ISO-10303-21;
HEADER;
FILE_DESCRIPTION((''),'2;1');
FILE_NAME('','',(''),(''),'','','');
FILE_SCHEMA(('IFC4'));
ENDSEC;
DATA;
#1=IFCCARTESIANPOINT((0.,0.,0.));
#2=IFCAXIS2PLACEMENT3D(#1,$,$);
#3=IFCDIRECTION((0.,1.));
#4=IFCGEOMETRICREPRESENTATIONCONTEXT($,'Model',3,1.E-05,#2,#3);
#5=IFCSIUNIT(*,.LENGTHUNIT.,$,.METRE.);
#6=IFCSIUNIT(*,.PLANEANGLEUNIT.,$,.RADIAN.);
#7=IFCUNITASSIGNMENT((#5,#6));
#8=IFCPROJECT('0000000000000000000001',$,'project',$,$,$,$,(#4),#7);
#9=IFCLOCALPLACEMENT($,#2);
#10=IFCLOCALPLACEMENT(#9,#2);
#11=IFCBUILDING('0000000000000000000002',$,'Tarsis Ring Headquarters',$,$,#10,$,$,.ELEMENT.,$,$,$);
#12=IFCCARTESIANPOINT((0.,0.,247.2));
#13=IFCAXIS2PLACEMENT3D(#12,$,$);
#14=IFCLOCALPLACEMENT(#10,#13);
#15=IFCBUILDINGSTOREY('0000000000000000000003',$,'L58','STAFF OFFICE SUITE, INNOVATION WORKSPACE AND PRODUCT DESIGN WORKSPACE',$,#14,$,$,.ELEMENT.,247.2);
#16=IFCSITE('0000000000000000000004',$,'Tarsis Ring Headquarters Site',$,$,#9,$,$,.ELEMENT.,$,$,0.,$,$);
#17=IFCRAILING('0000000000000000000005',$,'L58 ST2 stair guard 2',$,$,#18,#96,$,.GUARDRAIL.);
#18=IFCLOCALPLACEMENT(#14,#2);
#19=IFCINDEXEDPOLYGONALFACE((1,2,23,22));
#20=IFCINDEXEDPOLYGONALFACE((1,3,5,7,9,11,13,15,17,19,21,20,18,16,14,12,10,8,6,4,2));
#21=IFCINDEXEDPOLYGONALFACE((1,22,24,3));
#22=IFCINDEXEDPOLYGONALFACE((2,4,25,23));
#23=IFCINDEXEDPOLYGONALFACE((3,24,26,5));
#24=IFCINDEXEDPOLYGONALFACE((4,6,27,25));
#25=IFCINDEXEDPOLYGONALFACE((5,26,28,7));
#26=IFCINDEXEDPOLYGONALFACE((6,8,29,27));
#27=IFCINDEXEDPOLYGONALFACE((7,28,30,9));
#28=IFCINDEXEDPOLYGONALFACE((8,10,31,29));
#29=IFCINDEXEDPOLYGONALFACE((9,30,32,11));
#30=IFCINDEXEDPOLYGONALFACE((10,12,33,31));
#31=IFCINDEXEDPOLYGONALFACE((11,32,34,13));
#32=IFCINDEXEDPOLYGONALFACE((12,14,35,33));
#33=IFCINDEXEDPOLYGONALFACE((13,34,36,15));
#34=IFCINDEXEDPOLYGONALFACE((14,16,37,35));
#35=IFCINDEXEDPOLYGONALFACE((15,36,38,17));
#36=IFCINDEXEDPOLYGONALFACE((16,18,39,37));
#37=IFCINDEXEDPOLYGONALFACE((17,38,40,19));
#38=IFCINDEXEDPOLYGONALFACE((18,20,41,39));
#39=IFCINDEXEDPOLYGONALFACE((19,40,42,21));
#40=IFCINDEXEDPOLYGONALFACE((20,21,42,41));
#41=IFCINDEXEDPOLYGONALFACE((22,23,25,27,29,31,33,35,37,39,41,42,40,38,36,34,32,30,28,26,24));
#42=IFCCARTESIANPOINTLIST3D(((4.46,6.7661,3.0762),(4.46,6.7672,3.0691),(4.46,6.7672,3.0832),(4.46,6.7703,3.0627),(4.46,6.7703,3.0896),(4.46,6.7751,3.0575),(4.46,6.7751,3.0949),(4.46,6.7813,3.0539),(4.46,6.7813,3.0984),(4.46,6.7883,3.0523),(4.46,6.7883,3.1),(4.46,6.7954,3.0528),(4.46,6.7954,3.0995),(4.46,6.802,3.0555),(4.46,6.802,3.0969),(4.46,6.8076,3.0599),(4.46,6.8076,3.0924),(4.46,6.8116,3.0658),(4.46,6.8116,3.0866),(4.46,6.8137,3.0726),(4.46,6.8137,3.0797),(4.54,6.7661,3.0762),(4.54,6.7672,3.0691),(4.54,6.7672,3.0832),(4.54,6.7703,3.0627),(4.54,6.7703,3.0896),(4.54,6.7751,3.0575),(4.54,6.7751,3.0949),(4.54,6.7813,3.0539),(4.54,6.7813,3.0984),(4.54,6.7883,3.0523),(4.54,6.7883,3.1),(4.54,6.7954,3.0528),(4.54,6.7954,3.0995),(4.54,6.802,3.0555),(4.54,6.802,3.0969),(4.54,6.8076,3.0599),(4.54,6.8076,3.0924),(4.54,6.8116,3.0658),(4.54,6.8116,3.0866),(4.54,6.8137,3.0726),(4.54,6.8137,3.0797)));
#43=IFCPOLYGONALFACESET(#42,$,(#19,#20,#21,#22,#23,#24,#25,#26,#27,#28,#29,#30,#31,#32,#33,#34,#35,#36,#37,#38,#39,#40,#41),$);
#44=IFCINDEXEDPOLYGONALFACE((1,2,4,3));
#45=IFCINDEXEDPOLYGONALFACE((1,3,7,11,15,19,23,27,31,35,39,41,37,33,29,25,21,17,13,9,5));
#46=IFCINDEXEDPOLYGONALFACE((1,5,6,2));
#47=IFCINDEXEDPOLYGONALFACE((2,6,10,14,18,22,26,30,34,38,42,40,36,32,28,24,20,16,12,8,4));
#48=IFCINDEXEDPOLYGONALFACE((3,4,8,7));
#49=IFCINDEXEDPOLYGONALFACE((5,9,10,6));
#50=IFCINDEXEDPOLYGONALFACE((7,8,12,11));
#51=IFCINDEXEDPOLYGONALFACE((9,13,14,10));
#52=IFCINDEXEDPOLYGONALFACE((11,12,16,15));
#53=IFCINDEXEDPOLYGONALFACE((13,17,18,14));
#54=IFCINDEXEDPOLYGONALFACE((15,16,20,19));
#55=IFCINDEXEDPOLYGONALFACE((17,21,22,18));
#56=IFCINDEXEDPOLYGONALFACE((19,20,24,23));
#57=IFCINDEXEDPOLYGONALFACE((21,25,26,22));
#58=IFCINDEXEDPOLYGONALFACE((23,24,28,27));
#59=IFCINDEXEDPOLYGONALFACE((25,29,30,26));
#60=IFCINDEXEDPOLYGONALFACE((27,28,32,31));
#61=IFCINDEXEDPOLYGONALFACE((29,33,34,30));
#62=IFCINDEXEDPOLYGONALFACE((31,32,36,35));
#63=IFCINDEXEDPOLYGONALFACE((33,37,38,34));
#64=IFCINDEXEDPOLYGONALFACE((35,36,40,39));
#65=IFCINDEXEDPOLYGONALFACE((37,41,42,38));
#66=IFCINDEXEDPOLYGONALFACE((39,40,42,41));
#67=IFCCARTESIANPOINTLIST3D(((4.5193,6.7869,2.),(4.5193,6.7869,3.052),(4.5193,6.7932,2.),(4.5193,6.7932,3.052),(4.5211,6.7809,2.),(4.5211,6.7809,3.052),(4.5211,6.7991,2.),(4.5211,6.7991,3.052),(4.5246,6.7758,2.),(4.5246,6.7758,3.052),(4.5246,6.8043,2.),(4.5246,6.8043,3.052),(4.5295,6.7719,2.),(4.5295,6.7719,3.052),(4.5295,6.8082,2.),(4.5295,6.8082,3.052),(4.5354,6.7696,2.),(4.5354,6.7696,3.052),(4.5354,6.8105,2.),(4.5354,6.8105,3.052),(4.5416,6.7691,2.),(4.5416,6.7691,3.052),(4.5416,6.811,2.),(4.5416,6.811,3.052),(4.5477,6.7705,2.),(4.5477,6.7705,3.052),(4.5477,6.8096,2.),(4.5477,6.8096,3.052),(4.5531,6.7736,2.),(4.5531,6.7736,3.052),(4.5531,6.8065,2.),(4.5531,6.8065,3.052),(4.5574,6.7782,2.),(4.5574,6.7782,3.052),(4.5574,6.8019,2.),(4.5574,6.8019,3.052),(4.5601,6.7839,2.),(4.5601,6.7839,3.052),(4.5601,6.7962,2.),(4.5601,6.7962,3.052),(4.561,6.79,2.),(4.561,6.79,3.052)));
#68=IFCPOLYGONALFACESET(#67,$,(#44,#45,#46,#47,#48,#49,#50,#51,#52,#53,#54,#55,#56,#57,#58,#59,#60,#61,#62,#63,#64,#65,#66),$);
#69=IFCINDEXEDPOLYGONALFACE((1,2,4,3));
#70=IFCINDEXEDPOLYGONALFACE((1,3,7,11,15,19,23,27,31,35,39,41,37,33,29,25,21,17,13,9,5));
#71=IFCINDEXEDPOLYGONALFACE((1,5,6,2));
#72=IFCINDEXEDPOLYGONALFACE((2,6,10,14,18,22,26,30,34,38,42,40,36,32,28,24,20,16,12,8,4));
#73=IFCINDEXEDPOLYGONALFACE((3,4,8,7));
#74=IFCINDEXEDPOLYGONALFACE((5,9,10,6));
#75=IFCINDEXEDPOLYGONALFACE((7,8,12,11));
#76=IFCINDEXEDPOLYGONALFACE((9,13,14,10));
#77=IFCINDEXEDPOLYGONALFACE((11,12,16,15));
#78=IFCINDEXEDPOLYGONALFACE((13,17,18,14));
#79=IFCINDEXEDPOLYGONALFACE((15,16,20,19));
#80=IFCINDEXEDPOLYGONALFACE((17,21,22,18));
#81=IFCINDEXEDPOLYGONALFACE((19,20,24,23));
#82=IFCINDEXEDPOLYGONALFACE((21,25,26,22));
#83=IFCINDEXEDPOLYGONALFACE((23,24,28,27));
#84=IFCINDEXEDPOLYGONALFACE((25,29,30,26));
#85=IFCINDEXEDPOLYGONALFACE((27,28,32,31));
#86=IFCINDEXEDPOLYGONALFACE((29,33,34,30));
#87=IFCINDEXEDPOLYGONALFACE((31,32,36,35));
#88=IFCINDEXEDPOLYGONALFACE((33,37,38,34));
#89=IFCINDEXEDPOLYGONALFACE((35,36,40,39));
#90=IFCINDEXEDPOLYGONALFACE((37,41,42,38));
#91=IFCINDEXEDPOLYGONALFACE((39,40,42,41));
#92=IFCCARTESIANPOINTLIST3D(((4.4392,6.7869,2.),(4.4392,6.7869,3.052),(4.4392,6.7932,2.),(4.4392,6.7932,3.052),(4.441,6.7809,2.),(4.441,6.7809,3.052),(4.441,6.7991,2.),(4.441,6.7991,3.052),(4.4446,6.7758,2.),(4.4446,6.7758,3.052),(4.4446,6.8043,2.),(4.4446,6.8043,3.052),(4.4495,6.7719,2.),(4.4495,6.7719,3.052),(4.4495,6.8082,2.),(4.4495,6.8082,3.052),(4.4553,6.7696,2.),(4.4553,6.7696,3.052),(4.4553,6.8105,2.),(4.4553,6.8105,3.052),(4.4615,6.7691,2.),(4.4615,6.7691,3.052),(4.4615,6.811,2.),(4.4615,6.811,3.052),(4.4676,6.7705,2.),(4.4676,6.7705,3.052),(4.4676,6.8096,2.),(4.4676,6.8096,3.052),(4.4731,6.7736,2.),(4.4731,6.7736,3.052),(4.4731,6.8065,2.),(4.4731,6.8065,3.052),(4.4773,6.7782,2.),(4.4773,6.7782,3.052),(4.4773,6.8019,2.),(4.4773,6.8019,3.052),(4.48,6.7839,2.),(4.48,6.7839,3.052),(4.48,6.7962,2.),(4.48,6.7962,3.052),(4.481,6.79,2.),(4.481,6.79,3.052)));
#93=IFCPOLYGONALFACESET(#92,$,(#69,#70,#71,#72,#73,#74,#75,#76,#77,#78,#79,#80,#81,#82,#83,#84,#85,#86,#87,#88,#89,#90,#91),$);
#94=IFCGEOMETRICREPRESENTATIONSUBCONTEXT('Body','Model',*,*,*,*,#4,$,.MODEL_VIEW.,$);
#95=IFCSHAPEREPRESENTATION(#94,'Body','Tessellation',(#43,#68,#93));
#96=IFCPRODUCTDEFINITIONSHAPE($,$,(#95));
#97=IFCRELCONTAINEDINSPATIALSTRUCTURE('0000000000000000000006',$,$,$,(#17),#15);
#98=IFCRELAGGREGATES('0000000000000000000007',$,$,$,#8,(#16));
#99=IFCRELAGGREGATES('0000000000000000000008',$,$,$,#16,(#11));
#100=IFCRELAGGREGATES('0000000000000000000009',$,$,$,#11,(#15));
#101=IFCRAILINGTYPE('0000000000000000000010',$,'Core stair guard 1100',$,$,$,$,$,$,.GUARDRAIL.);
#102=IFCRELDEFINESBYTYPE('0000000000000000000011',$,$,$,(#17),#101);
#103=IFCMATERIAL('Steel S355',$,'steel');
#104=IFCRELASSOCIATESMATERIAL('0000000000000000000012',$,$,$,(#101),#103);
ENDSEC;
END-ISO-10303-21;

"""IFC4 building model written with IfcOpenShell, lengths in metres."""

from ifc_helpers import new_model, si_unit, direction, frame, origin, origin_2d, place, context, subcontext, project, spatial, circle, extrude, material, type_object, element, save


model = new_model("IFC4")

# Units and contexts
model_context = context("Model", 3, precision=1e-05, world=origin(), true_north=direction((0.0, 1.0)))
body_context = subcontext(model_context, "Body", "Model", "MODEL_VIEW")
ifc_project = project(units=[si_unit("LENGTHUNIT", "METRE"), si_unit("PLANEANGLEUNIT", "RADIAN")], contexts=[model_context])

# Site, building, storey
site_placement = place(None, origin())
site = spatial("IfcSite", under=ifc_project, at=site_placement, Name="Tarsis Ring Headquarters Site", CompositionType="ELEMENT", RefElevation=0.0)
building_placement = place(site_placement, origin())
building = spatial("IfcBuilding", under=site, at=building_placement, Name="Tarsis Ring Headquarters", CompositionType="ELEMENT")
storey_placement = place(building_placement, frame((0.0, 0.0, 247.2)))
storey = spatial("IfcBuildingStorey", under=building, at=storey_placement, Name="L58", Description="STAFF OFFICE SUITE, INNOVATION WORKSPACE AND PRODUCT DESIGN WORKSPACE", CompositionType="ELEMENT", Elevation=247.2)

# Railing
ifc_material_1 = material(Name="Steel S355", Category="steel")
railing_type_1 = type_object("IfcRailingType", Name="Core stair guard 1100", PredefinedType="GUARDRAIL", material=ifc_material_1)
railing_1_placement = place(storey_placement, frame((4.54, 6.79, 2.0)))
element("IfcRailing", 1, at=railing_1_placement, inside=storey, type_object=railing_type_1, Name="L58 ST2 stair guard 2", PredefinedType="GUARDRAIL", context=body_context, shape_type="SweptSolid", body=[
    extrude(circle(Radius=0.0239, at=origin_2d()), frame((0.0, 0.0, 1.0762), z_axis=(-1.0, 0.0, 0.0), x_axis=(0.0, -1.0, 0.0)), (0.0, 0.0, 1.0), 0.0801),
    extrude(circle(Radius=0.021, at=origin_2d()), origin(), (0.0, 0.0, 1.0), 1.052),
    extrude(circle(Radius=0.021, at=origin_2d()), frame((-0.0801, 0.0, 0.0)), (0.0, 0.0, 1.0), 1.052),
])

save(model, "model.ifc")
